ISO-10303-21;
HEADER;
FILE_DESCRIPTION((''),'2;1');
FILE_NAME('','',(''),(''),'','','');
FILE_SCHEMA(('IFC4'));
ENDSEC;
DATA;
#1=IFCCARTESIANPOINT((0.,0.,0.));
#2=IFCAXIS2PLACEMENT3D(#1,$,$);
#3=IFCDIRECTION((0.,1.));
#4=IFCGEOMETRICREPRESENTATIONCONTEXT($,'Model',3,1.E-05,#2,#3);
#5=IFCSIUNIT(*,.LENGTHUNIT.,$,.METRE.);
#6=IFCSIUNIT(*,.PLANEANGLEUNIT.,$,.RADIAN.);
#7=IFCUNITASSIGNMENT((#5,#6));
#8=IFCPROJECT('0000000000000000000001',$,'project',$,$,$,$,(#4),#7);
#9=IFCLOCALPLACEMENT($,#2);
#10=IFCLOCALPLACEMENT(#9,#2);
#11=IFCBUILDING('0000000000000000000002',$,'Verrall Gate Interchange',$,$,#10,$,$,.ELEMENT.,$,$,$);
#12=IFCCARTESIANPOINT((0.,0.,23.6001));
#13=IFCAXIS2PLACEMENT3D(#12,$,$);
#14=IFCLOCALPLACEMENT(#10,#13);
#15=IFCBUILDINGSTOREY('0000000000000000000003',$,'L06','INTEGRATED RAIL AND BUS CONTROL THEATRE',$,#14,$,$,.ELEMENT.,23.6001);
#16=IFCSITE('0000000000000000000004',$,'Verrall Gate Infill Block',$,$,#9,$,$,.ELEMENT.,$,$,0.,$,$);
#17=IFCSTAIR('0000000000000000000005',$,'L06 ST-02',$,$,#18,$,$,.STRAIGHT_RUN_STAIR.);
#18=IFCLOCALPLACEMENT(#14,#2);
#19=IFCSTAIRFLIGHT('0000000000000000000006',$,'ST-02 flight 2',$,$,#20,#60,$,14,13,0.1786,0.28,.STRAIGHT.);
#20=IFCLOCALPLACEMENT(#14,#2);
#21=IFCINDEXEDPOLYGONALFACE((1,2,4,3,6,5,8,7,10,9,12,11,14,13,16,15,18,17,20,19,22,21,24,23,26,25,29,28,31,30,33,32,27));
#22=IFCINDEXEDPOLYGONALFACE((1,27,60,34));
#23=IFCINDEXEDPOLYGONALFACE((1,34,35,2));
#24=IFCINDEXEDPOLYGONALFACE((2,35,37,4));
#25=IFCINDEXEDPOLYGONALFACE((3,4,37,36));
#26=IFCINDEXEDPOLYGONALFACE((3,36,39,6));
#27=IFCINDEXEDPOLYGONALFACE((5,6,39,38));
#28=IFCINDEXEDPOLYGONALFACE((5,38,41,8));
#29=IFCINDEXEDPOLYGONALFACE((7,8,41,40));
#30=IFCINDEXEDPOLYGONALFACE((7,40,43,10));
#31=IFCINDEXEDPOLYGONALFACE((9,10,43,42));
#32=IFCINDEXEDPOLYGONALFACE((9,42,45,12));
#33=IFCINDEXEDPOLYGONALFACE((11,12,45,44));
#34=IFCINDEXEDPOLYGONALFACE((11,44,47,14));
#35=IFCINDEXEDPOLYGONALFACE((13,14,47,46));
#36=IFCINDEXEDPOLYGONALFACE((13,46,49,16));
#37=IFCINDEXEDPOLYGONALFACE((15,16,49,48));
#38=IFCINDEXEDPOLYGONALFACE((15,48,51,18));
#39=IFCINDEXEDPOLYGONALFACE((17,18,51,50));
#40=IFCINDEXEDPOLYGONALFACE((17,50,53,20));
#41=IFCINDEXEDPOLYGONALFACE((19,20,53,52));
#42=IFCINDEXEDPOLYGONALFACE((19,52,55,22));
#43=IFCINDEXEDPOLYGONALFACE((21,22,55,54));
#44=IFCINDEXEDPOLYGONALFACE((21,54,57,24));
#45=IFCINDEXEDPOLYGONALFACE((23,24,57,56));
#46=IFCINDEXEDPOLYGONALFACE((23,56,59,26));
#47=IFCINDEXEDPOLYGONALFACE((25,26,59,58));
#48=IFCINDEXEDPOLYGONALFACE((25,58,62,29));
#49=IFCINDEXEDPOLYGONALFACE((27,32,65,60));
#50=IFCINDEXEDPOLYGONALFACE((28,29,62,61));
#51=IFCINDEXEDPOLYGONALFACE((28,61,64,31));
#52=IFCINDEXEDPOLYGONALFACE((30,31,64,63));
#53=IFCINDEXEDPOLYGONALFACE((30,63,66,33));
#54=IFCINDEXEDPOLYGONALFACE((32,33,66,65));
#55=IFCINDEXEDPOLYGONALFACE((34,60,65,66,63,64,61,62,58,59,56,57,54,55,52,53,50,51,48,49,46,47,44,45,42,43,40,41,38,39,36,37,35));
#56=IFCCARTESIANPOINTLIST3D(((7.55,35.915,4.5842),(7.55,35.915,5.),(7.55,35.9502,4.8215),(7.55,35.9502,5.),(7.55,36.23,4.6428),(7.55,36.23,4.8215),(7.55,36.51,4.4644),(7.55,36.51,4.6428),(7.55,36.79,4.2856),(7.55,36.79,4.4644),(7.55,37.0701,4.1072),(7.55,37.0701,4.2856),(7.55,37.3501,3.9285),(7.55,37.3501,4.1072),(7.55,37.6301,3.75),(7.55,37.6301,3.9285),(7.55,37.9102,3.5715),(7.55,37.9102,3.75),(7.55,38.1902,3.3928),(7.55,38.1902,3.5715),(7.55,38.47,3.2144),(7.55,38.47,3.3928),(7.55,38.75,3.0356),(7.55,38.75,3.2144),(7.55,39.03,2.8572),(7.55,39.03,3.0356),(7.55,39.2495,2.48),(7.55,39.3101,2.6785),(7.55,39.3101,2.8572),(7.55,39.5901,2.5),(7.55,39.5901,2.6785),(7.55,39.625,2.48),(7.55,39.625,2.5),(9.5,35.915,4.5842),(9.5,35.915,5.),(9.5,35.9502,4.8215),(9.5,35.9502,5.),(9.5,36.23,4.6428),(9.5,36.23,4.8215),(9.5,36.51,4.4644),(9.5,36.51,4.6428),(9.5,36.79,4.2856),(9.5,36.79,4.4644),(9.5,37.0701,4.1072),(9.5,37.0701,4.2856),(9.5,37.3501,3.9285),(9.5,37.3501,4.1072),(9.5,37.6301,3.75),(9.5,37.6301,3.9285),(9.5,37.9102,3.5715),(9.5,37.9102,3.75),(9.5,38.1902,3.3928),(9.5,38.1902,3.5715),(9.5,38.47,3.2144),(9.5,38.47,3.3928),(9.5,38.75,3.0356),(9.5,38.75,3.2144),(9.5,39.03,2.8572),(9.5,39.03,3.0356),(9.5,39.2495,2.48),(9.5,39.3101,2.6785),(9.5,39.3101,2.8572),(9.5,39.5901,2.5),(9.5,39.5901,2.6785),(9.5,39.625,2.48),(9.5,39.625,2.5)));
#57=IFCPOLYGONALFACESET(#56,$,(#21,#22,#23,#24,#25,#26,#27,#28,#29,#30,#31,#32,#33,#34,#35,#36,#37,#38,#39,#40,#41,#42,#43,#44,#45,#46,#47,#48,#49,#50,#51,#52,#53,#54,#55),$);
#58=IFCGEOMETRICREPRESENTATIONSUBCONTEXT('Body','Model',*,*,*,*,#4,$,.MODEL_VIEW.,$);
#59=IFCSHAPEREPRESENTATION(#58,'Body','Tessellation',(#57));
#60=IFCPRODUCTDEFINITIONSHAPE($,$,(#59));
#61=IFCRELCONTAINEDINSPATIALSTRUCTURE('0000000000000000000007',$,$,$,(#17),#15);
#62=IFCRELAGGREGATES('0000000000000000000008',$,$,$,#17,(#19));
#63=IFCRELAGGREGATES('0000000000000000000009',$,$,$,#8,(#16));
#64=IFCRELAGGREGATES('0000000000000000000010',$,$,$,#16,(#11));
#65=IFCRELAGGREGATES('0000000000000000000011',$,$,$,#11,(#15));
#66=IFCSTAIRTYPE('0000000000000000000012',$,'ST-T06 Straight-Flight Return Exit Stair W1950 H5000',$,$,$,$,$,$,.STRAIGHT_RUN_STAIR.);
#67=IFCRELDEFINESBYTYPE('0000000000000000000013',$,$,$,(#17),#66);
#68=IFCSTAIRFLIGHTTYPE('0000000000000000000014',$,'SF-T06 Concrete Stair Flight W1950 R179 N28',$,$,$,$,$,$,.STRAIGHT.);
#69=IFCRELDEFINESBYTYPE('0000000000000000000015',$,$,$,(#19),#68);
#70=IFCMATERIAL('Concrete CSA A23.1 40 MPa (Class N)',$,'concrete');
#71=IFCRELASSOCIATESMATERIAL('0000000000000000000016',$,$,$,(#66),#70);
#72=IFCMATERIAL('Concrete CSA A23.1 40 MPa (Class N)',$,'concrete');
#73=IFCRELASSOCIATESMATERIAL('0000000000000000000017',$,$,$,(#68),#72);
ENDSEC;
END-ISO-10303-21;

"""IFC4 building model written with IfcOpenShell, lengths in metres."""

from ifc_helpers import new_model, si_unit, direction, frame, origin, place, context, subcontext, project, spatial, polyline, outline, extrude, material, type_object, element, aggregate, save


model = new_model("IFC4")

# Units and contexts
model_context = context("Model", 3, precision=1e-05, world=origin(), true_north=direction((0.0, 1.0)))
body_context = subcontext(model_context, "Body", "Model", "MODEL_VIEW")
ifc_project = project(units=[si_unit("LENGTHUNIT", "METRE"), si_unit("PLANEANGLEUNIT", "RADIAN")], contexts=[model_context])

# Site, building, storey
site_placement = place(None, origin())
site = spatial("IfcSite", under=ifc_project, at=site_placement, Name="Verrall Gate Infill Block", CompositionType="ELEMENT", RefElevation=0.0)
building_placement = place(site_placement, origin())
building = spatial("IfcBuilding", under=site, at=building_placement, Name="Verrall Gate Interchange", CompositionType="ELEMENT")
storey_placement = place(building_placement, frame((0.0, 0.0, 23.6001)))
storey = spatial("IfcBuildingStorey", under=building, at=storey_placement, Name="L06", Description="INTEGRATED RAIL AND BUS CONTROL THEATRE", CompositionType="ELEMENT", Elevation=23.6001)

# Stair, stair flight
ifc_material_1 = material(Name="Concrete CSA A23.1 40 MPa (Class N)", Category="concrete")
stair_type = type_object("IfcStairType", Name="ST-T06 Straight-Flight Return Exit Stair W1950 H5000", PredefinedType="STRAIGHT_RUN_STAIR", material=ifc_material_1)
stair_placement = place(storey_placement, origin())
stair = element("IfcStair", 1, at=stair_placement, inside=storey, type_object=stair_type, Name="L06 ST-02", PredefinedType="STRAIGHT_RUN_STAIR")
ifc_material_2 = material(Name="Concrete CSA A23.1 40 MPa (Class N)", Category="concrete")
stair_flight_type = type_object("IfcStairFlightType", Name="SF-T06 Concrete Stair Flight W1950 R179 N28", PredefinedType="STRAIGHT", material=ifc_material_2)
stair_flight_1_placement = place(storey_placement, frame((8.5249, 39.5901, 2.5), z_axis=(0.0, 0.0, 1.0), x_axis=(0.0, -1.0, 0.0)))
stair_flight_1 = element("IfcStairFlight", 2, at=stair_flight_1_placement, type_object=stair_flight_type, Name="ST-02 flight 2", NumberOfRisers=14, NumberOfTreads=13, PredefinedType="STRAIGHT", RiserHeight=0.1786, TreadLength=0.28, context=body_context, shape_type="SweptSolid", body=[
    extrude(outline(polyline([(-0.0349, -0.02), (-0.0349, 0.0), (0.0, 0.0), (0.0, 0.1785), (0.28, 0.1785), (0.28, 0.3572), (0.5601, 0.3572), (0.5601, 0.5356), (0.8401, 0.5356), (0.8401, 0.7144), (1.1201, 0.7144), (1.1201, 0.8928), (1.3999, 0.8928), (1.3999, 1.0715), (1.6799, 1.0715), (1.6799, 1.25), (1.96, 1.25), (1.96, 1.4285), (2.24, 1.4285), (2.24, 1.6072), (2.52, 1.6072), (2.52, 1.7856), (2.8, 1.7856), (2.8, 1.9644), (3.0801, 1.9644), (3.0801, 2.1428), (3.3601, 2.1428), (3.3601, 2.3215), (3.6399, 2.3215), (3.6399, 2.5), (3.675, 2.5), (3.675, 2.0842), (0.3406, -0.02), (-0.0349, -0.02)])), frame((0.0, 0.9751, 0.0), z_axis=(0.0, -1.0, 0.0), x_axis=(1.0, 0.0, 0.0)), (0.0, 0.0, 1.0), 1.95),
])
aggregate(stair, [stair_flight_1])

save(model, "model.ifc")
